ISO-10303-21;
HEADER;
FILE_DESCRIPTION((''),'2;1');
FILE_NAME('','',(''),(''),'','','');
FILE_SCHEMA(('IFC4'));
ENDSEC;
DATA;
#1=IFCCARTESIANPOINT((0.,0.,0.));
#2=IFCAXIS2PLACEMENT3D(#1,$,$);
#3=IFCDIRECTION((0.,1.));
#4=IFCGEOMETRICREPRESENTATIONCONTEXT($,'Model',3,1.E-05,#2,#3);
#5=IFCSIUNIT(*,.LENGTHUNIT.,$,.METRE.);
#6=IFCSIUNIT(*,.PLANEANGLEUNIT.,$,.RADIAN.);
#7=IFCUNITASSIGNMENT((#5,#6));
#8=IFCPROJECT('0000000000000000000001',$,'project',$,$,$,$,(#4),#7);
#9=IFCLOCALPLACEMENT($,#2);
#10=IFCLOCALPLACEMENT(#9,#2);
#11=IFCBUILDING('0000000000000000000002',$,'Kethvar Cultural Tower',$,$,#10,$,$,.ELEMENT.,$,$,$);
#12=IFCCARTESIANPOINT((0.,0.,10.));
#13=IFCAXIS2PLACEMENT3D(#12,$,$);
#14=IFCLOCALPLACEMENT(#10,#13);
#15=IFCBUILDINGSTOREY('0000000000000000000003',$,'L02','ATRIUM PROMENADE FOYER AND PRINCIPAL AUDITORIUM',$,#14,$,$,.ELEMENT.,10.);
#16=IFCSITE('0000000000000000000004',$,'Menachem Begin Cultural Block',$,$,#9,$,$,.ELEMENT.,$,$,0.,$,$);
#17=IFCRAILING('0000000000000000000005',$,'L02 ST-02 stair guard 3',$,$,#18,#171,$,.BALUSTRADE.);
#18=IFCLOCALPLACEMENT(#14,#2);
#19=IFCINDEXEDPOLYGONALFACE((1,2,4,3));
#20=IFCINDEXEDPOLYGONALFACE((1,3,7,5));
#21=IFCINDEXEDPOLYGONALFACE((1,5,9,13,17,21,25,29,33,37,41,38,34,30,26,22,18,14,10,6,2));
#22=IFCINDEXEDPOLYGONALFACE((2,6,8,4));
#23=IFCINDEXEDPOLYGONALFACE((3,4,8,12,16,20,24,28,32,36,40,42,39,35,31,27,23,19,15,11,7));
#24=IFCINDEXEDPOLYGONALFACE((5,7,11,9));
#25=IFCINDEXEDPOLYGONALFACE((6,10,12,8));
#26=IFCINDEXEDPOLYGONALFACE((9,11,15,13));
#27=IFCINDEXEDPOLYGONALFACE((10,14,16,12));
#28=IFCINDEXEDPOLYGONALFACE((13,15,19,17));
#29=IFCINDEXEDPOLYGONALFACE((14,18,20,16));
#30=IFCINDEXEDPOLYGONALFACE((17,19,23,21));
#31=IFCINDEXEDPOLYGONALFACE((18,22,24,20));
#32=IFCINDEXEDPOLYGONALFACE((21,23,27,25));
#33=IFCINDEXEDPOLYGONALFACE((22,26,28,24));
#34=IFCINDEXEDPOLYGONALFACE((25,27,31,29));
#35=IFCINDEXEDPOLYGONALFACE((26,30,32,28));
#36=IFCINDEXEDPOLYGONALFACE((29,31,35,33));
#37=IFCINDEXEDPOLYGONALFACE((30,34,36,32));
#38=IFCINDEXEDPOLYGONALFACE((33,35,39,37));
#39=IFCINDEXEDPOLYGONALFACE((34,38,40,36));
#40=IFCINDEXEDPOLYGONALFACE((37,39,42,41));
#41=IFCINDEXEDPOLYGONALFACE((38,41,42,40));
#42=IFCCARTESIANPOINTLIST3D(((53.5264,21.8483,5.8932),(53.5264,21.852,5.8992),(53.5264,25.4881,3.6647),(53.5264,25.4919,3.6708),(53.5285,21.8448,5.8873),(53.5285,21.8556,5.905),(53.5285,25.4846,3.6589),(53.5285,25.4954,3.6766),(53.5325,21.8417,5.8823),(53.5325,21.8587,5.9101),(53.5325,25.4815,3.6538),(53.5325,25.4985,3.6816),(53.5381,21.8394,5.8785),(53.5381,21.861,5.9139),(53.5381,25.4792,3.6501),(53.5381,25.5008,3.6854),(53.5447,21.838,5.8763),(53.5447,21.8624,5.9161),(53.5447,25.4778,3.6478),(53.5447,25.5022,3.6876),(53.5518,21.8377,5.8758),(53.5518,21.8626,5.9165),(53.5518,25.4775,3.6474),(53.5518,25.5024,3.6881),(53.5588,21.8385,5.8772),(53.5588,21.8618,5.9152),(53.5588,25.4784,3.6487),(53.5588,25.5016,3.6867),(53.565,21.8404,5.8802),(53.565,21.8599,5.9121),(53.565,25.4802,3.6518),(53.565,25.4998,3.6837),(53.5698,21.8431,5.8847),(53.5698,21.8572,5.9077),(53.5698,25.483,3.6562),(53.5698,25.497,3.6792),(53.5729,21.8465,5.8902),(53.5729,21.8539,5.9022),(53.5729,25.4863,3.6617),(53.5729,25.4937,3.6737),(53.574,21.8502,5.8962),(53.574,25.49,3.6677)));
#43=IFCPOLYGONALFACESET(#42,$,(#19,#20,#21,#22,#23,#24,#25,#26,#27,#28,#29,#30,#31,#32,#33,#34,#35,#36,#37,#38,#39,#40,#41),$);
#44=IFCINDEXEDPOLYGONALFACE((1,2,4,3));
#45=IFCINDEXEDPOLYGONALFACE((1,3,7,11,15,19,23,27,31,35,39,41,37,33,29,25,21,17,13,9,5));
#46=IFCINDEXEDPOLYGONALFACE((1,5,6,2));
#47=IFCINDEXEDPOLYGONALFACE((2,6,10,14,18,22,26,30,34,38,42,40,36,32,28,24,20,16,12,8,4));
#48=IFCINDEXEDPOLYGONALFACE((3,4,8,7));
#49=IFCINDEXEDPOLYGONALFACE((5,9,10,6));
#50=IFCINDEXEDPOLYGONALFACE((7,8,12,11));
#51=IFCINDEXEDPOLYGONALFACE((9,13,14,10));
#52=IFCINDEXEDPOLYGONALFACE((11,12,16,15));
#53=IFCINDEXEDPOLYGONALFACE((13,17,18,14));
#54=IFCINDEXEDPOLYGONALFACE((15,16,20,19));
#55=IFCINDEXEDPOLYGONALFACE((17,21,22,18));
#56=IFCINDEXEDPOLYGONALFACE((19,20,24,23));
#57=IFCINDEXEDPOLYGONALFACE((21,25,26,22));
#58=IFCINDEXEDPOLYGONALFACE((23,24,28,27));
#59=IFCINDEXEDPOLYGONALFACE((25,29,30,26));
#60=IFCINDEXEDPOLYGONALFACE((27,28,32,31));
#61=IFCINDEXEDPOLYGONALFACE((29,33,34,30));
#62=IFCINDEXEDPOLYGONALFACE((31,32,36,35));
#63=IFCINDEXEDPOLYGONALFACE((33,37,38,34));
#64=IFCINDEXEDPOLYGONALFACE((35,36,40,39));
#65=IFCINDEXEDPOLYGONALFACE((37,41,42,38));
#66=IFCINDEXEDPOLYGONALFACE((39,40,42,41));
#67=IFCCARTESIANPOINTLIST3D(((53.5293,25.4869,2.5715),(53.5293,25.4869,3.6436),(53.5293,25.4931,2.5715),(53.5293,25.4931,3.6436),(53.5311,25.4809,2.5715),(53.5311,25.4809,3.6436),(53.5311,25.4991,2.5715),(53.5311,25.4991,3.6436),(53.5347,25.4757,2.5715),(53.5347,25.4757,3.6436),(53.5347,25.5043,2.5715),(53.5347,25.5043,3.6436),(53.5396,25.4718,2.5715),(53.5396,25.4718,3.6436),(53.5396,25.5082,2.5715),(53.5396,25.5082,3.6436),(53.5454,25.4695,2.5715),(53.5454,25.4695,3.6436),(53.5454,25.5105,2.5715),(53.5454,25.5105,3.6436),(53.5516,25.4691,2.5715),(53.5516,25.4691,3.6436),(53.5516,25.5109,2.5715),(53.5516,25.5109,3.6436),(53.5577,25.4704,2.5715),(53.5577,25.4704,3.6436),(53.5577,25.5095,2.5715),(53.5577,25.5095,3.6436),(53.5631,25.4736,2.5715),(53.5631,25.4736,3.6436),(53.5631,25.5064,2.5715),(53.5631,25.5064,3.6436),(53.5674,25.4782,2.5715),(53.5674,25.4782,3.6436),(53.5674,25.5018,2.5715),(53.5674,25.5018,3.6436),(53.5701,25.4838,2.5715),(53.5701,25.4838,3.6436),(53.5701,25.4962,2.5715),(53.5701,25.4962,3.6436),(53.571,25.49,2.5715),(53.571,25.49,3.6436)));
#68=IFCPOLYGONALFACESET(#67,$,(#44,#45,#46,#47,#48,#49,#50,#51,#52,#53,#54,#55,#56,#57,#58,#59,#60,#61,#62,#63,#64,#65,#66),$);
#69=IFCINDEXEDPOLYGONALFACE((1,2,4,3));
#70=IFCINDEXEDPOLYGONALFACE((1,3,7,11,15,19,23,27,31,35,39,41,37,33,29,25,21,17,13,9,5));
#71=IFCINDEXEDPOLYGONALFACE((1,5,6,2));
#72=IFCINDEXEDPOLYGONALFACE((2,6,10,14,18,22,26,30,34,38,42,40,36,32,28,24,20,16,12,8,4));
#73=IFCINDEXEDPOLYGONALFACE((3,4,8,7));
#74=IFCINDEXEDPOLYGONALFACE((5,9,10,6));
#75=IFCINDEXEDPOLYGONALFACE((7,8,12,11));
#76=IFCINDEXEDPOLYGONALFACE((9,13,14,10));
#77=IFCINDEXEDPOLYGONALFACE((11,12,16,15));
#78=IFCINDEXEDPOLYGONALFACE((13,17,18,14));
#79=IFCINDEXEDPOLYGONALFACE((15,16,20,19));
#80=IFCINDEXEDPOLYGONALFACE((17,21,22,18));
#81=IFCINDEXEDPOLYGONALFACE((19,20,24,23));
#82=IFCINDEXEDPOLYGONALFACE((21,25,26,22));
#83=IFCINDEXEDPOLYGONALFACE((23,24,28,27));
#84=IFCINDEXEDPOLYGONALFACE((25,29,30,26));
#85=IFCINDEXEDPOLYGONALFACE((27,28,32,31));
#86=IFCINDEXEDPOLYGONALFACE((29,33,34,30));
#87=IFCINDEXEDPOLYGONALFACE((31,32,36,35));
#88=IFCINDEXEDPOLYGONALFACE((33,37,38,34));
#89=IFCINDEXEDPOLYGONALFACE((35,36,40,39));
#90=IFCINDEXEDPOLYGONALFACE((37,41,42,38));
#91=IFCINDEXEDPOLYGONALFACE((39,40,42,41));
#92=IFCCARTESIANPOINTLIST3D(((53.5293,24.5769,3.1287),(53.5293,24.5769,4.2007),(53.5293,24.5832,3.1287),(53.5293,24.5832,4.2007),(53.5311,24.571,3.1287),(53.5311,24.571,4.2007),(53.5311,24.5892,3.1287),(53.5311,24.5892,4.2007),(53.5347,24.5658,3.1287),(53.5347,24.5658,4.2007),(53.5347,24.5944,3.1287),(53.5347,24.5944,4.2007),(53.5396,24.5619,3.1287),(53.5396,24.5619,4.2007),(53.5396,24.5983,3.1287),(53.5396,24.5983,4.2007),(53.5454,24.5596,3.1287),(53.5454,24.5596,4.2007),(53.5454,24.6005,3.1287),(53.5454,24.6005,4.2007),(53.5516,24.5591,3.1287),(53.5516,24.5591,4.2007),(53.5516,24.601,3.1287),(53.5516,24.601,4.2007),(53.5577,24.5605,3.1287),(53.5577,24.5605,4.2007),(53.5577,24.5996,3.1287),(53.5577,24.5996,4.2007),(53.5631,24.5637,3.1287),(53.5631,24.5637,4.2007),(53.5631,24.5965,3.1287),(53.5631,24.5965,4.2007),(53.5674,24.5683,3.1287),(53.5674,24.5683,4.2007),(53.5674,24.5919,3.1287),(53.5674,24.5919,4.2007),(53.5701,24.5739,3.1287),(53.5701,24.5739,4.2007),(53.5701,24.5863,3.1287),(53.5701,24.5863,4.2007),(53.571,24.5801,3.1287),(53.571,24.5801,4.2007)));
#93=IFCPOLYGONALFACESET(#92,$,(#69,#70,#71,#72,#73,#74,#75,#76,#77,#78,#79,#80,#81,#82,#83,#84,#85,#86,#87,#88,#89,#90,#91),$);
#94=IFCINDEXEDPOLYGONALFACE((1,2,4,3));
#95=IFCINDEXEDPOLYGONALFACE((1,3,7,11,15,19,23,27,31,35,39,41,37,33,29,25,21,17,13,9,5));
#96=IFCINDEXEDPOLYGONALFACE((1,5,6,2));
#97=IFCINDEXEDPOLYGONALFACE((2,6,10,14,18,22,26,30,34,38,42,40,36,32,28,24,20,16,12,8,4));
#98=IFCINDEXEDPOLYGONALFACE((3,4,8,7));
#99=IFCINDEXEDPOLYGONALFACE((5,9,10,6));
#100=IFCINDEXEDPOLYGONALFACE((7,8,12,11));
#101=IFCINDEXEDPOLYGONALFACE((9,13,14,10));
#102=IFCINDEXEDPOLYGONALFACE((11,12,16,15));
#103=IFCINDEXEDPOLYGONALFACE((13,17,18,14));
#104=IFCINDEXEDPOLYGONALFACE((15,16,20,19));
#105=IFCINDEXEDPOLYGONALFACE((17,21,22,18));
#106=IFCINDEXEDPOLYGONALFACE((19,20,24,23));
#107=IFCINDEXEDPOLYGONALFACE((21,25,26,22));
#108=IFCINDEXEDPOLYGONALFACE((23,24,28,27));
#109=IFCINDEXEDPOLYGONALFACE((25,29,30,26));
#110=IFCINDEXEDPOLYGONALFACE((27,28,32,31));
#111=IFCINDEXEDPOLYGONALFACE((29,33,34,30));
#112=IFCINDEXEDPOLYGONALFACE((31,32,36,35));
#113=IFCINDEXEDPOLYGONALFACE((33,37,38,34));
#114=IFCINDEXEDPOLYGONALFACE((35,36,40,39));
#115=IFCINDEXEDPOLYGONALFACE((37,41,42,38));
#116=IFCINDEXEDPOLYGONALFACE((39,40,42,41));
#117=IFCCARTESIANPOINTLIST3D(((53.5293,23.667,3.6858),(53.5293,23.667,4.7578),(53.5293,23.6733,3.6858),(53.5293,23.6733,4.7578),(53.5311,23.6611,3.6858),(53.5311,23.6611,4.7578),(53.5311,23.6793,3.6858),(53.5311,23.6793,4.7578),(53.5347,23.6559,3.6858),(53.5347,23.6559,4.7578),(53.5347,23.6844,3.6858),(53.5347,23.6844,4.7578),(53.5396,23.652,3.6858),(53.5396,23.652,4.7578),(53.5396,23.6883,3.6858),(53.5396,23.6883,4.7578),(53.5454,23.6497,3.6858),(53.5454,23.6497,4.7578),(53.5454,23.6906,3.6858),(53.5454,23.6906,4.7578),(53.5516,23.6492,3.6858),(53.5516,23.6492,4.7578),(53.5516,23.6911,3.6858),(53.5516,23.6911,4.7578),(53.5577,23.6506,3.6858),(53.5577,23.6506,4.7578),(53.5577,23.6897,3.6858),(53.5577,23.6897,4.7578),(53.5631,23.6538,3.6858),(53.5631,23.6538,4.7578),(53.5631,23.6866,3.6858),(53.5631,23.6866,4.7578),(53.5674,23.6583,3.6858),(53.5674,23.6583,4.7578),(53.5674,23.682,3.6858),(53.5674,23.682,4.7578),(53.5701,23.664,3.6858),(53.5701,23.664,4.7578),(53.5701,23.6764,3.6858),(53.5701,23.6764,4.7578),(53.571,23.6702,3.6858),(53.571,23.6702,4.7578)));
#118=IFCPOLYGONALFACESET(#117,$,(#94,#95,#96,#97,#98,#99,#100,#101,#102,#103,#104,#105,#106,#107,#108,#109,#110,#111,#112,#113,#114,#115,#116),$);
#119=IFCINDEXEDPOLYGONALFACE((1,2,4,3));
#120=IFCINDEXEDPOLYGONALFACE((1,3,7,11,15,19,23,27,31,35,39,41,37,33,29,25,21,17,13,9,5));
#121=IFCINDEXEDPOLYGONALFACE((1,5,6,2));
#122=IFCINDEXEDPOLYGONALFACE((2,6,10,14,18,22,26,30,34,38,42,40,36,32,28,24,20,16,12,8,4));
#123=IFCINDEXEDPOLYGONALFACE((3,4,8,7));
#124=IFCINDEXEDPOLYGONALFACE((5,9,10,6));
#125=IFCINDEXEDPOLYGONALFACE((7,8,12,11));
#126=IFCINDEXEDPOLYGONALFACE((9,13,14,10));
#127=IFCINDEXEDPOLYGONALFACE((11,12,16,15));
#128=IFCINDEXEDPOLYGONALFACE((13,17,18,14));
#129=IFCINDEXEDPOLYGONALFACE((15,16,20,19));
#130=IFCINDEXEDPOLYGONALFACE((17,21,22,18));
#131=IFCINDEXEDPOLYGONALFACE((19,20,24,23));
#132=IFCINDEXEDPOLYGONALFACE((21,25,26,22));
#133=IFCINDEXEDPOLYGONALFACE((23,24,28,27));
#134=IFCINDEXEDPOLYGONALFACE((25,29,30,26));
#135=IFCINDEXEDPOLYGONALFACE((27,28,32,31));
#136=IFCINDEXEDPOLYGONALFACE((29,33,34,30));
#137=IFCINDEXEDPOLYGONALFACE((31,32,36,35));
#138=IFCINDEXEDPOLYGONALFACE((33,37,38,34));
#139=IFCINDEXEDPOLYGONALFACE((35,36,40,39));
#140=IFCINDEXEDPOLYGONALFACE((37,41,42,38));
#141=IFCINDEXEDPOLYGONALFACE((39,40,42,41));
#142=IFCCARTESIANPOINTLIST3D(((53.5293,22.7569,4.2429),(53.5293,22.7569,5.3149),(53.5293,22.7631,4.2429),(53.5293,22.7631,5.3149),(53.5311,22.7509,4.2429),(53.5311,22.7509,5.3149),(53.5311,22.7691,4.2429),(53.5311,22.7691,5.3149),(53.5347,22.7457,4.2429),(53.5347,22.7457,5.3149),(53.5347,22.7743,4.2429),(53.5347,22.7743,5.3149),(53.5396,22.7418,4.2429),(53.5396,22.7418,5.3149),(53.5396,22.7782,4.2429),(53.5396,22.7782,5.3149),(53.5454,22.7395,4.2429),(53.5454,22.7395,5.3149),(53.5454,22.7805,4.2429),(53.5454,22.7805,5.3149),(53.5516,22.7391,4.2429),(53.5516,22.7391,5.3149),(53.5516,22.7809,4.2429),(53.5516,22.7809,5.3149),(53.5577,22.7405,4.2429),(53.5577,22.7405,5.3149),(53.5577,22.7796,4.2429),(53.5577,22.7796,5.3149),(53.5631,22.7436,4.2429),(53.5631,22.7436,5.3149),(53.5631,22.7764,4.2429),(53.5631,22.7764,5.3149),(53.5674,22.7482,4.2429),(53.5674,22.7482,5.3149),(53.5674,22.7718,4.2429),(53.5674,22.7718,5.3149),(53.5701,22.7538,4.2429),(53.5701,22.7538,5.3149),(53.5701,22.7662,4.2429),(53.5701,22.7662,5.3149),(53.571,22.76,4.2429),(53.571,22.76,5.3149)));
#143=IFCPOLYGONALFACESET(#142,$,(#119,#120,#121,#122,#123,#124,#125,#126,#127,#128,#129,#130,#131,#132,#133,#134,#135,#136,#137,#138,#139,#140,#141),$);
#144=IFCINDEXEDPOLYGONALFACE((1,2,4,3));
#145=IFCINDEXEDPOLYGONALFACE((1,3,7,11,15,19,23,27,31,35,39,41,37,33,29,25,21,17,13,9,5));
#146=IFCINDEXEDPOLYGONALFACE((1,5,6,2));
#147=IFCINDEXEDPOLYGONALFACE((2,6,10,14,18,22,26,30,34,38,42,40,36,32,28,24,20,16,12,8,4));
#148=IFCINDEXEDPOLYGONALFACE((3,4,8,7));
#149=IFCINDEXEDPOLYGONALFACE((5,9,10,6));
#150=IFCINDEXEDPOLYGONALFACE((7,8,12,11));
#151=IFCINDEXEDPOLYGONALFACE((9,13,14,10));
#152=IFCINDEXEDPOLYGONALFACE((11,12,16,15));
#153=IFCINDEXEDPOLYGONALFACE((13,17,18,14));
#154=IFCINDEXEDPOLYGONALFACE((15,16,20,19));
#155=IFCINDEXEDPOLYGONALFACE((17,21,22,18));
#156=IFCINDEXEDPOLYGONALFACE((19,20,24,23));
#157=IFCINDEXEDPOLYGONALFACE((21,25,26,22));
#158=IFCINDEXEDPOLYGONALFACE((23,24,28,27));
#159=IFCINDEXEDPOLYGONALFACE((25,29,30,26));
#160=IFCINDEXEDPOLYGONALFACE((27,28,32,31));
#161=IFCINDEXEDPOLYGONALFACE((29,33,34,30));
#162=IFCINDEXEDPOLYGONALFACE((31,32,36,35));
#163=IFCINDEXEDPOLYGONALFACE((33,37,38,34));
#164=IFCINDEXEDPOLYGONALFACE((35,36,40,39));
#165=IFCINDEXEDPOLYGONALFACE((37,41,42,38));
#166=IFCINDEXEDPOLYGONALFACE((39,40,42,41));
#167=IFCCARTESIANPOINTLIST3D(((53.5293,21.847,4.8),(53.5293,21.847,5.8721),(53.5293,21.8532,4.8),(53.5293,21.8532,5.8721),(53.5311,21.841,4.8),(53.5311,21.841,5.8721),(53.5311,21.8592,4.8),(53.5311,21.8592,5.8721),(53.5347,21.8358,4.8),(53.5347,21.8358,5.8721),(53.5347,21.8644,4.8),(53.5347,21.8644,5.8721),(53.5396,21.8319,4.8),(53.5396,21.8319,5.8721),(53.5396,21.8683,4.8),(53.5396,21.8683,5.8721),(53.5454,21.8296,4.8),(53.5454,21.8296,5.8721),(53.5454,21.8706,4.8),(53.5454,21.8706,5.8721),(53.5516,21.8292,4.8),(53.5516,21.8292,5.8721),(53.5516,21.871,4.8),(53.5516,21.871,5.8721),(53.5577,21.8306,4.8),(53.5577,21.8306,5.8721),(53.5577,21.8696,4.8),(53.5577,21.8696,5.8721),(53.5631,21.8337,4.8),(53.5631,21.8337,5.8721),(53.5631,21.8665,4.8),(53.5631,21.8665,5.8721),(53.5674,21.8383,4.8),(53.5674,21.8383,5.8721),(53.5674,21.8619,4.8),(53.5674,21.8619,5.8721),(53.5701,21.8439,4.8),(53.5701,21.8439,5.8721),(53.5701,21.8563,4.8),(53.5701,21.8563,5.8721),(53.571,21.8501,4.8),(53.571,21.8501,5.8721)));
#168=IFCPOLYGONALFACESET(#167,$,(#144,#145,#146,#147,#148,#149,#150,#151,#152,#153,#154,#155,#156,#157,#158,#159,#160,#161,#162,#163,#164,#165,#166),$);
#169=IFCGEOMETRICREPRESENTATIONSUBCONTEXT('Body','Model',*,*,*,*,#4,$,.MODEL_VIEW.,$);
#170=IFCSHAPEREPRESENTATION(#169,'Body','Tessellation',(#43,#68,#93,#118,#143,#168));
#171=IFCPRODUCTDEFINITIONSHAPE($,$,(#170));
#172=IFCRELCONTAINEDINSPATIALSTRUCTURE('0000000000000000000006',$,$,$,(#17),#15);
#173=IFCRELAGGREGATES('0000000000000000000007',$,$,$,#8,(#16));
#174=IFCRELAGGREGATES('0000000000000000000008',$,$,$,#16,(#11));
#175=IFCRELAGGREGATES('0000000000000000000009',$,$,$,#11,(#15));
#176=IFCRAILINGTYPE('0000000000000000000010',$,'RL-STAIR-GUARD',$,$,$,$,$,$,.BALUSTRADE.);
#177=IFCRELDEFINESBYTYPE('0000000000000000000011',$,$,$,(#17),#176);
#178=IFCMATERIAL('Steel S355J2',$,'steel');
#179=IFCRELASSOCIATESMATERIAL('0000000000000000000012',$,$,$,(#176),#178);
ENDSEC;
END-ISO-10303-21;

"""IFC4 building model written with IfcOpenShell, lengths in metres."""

from ifc_helpers import new_model, si_unit, direction, frame, origin, origin_2d, place, context, subcontext, project, spatial, circle, extrude, material, type_object, element, save


model = new_model("IFC4")

# Units and contexts
model_context = context("Model", 3, precision=1e-05, world=origin(), true_north=direction((0.0, 1.0)))
body_context = subcontext(model_context, "Body", "Model", "MODEL_VIEW")
ifc_project = project(units=[si_unit("LENGTHUNIT", "METRE"), si_unit("PLANEANGLEUNIT", "RADIAN")], contexts=[model_context])

# Site, building, storey
site_placement = place(None, origin())
site = spatial("IfcSite", under=ifc_project, at=site_placement, Name="Menachem Begin Cultural Block", CompositionType="ELEMENT", RefElevation=0.0)
building_placement = place(site_placement, origin())
building = spatial("IfcBuilding", under=site, at=building_placement, Name="Kethvar Cultural Tower", CompositionType="ELEMENT")
storey_placement = place(building_placement, frame((0.0, 0.0, 10.0)))
storey = spatial("IfcBuildingStorey", under=building, at=storey_placement, Name="L02", Description="ATRIUM PROMENADE FOYER AND PRINCIPAL AUDITORIUM", CompositionType="ELEMENT", Elevation=10.0)

# Shared definitions
ifc_material_1 = material(Name="Steel S355J2", Category="steel")

# Railing
railing_type_1 = type_object("IfcRailingType", Name="RL-STAIR-GUARD", PredefinedType="BALUSTRADE", material=ifc_material_1)
railing_1_placement = place(storey_placement, frame((53.55, 25.49, 2.5715)))
element("IfcRailing", 1, at=railing_1_placement, inside=storey, type_object=railing_type_1, Name="L02 ST-02 stair guard 3", PredefinedType="BALUSTRADE", context=body_context, shape_type="SweptSolid", body=[
    extrude(circle(Radius=0.0239, at=origin_2d()), frame((0.0, 0.0, 1.0962), z_axis=(0.0, -0.85285, 0.522156), x_axis=(1.0, 0.0, 0.0)), (0.0, 0.0, 1.0), 4.2678),
    extrude(circle(Radius=0.021, at=origin_2d()), origin(), (0.0, 0.0, 1.0), 1.072),
    extrude(circle(Radius=0.021, at=origin_2d()), frame((0.0, -0.9099, 0.5571)), (0.0, 0.0, 1.0), 1.072),
    extrude(circle(Radius=0.021, at=origin_2d()), frame((0.0, -1.8198, 1.1143)), (0.0, 0.0, 1.0), 1.072),
    extrude(circle(Radius=0.021, at=origin_2d()), frame((0.0, -2.73, 1.6714)), (0.0, 0.0, 1.0), 1.072),
    extrude(circle(Radius=0.021, at=origin_2d()), frame((0.0, -3.6399, 2.2285)), (0.0, 0.0, 1.0), 1.072),
])

save(model, "model.ifc")
